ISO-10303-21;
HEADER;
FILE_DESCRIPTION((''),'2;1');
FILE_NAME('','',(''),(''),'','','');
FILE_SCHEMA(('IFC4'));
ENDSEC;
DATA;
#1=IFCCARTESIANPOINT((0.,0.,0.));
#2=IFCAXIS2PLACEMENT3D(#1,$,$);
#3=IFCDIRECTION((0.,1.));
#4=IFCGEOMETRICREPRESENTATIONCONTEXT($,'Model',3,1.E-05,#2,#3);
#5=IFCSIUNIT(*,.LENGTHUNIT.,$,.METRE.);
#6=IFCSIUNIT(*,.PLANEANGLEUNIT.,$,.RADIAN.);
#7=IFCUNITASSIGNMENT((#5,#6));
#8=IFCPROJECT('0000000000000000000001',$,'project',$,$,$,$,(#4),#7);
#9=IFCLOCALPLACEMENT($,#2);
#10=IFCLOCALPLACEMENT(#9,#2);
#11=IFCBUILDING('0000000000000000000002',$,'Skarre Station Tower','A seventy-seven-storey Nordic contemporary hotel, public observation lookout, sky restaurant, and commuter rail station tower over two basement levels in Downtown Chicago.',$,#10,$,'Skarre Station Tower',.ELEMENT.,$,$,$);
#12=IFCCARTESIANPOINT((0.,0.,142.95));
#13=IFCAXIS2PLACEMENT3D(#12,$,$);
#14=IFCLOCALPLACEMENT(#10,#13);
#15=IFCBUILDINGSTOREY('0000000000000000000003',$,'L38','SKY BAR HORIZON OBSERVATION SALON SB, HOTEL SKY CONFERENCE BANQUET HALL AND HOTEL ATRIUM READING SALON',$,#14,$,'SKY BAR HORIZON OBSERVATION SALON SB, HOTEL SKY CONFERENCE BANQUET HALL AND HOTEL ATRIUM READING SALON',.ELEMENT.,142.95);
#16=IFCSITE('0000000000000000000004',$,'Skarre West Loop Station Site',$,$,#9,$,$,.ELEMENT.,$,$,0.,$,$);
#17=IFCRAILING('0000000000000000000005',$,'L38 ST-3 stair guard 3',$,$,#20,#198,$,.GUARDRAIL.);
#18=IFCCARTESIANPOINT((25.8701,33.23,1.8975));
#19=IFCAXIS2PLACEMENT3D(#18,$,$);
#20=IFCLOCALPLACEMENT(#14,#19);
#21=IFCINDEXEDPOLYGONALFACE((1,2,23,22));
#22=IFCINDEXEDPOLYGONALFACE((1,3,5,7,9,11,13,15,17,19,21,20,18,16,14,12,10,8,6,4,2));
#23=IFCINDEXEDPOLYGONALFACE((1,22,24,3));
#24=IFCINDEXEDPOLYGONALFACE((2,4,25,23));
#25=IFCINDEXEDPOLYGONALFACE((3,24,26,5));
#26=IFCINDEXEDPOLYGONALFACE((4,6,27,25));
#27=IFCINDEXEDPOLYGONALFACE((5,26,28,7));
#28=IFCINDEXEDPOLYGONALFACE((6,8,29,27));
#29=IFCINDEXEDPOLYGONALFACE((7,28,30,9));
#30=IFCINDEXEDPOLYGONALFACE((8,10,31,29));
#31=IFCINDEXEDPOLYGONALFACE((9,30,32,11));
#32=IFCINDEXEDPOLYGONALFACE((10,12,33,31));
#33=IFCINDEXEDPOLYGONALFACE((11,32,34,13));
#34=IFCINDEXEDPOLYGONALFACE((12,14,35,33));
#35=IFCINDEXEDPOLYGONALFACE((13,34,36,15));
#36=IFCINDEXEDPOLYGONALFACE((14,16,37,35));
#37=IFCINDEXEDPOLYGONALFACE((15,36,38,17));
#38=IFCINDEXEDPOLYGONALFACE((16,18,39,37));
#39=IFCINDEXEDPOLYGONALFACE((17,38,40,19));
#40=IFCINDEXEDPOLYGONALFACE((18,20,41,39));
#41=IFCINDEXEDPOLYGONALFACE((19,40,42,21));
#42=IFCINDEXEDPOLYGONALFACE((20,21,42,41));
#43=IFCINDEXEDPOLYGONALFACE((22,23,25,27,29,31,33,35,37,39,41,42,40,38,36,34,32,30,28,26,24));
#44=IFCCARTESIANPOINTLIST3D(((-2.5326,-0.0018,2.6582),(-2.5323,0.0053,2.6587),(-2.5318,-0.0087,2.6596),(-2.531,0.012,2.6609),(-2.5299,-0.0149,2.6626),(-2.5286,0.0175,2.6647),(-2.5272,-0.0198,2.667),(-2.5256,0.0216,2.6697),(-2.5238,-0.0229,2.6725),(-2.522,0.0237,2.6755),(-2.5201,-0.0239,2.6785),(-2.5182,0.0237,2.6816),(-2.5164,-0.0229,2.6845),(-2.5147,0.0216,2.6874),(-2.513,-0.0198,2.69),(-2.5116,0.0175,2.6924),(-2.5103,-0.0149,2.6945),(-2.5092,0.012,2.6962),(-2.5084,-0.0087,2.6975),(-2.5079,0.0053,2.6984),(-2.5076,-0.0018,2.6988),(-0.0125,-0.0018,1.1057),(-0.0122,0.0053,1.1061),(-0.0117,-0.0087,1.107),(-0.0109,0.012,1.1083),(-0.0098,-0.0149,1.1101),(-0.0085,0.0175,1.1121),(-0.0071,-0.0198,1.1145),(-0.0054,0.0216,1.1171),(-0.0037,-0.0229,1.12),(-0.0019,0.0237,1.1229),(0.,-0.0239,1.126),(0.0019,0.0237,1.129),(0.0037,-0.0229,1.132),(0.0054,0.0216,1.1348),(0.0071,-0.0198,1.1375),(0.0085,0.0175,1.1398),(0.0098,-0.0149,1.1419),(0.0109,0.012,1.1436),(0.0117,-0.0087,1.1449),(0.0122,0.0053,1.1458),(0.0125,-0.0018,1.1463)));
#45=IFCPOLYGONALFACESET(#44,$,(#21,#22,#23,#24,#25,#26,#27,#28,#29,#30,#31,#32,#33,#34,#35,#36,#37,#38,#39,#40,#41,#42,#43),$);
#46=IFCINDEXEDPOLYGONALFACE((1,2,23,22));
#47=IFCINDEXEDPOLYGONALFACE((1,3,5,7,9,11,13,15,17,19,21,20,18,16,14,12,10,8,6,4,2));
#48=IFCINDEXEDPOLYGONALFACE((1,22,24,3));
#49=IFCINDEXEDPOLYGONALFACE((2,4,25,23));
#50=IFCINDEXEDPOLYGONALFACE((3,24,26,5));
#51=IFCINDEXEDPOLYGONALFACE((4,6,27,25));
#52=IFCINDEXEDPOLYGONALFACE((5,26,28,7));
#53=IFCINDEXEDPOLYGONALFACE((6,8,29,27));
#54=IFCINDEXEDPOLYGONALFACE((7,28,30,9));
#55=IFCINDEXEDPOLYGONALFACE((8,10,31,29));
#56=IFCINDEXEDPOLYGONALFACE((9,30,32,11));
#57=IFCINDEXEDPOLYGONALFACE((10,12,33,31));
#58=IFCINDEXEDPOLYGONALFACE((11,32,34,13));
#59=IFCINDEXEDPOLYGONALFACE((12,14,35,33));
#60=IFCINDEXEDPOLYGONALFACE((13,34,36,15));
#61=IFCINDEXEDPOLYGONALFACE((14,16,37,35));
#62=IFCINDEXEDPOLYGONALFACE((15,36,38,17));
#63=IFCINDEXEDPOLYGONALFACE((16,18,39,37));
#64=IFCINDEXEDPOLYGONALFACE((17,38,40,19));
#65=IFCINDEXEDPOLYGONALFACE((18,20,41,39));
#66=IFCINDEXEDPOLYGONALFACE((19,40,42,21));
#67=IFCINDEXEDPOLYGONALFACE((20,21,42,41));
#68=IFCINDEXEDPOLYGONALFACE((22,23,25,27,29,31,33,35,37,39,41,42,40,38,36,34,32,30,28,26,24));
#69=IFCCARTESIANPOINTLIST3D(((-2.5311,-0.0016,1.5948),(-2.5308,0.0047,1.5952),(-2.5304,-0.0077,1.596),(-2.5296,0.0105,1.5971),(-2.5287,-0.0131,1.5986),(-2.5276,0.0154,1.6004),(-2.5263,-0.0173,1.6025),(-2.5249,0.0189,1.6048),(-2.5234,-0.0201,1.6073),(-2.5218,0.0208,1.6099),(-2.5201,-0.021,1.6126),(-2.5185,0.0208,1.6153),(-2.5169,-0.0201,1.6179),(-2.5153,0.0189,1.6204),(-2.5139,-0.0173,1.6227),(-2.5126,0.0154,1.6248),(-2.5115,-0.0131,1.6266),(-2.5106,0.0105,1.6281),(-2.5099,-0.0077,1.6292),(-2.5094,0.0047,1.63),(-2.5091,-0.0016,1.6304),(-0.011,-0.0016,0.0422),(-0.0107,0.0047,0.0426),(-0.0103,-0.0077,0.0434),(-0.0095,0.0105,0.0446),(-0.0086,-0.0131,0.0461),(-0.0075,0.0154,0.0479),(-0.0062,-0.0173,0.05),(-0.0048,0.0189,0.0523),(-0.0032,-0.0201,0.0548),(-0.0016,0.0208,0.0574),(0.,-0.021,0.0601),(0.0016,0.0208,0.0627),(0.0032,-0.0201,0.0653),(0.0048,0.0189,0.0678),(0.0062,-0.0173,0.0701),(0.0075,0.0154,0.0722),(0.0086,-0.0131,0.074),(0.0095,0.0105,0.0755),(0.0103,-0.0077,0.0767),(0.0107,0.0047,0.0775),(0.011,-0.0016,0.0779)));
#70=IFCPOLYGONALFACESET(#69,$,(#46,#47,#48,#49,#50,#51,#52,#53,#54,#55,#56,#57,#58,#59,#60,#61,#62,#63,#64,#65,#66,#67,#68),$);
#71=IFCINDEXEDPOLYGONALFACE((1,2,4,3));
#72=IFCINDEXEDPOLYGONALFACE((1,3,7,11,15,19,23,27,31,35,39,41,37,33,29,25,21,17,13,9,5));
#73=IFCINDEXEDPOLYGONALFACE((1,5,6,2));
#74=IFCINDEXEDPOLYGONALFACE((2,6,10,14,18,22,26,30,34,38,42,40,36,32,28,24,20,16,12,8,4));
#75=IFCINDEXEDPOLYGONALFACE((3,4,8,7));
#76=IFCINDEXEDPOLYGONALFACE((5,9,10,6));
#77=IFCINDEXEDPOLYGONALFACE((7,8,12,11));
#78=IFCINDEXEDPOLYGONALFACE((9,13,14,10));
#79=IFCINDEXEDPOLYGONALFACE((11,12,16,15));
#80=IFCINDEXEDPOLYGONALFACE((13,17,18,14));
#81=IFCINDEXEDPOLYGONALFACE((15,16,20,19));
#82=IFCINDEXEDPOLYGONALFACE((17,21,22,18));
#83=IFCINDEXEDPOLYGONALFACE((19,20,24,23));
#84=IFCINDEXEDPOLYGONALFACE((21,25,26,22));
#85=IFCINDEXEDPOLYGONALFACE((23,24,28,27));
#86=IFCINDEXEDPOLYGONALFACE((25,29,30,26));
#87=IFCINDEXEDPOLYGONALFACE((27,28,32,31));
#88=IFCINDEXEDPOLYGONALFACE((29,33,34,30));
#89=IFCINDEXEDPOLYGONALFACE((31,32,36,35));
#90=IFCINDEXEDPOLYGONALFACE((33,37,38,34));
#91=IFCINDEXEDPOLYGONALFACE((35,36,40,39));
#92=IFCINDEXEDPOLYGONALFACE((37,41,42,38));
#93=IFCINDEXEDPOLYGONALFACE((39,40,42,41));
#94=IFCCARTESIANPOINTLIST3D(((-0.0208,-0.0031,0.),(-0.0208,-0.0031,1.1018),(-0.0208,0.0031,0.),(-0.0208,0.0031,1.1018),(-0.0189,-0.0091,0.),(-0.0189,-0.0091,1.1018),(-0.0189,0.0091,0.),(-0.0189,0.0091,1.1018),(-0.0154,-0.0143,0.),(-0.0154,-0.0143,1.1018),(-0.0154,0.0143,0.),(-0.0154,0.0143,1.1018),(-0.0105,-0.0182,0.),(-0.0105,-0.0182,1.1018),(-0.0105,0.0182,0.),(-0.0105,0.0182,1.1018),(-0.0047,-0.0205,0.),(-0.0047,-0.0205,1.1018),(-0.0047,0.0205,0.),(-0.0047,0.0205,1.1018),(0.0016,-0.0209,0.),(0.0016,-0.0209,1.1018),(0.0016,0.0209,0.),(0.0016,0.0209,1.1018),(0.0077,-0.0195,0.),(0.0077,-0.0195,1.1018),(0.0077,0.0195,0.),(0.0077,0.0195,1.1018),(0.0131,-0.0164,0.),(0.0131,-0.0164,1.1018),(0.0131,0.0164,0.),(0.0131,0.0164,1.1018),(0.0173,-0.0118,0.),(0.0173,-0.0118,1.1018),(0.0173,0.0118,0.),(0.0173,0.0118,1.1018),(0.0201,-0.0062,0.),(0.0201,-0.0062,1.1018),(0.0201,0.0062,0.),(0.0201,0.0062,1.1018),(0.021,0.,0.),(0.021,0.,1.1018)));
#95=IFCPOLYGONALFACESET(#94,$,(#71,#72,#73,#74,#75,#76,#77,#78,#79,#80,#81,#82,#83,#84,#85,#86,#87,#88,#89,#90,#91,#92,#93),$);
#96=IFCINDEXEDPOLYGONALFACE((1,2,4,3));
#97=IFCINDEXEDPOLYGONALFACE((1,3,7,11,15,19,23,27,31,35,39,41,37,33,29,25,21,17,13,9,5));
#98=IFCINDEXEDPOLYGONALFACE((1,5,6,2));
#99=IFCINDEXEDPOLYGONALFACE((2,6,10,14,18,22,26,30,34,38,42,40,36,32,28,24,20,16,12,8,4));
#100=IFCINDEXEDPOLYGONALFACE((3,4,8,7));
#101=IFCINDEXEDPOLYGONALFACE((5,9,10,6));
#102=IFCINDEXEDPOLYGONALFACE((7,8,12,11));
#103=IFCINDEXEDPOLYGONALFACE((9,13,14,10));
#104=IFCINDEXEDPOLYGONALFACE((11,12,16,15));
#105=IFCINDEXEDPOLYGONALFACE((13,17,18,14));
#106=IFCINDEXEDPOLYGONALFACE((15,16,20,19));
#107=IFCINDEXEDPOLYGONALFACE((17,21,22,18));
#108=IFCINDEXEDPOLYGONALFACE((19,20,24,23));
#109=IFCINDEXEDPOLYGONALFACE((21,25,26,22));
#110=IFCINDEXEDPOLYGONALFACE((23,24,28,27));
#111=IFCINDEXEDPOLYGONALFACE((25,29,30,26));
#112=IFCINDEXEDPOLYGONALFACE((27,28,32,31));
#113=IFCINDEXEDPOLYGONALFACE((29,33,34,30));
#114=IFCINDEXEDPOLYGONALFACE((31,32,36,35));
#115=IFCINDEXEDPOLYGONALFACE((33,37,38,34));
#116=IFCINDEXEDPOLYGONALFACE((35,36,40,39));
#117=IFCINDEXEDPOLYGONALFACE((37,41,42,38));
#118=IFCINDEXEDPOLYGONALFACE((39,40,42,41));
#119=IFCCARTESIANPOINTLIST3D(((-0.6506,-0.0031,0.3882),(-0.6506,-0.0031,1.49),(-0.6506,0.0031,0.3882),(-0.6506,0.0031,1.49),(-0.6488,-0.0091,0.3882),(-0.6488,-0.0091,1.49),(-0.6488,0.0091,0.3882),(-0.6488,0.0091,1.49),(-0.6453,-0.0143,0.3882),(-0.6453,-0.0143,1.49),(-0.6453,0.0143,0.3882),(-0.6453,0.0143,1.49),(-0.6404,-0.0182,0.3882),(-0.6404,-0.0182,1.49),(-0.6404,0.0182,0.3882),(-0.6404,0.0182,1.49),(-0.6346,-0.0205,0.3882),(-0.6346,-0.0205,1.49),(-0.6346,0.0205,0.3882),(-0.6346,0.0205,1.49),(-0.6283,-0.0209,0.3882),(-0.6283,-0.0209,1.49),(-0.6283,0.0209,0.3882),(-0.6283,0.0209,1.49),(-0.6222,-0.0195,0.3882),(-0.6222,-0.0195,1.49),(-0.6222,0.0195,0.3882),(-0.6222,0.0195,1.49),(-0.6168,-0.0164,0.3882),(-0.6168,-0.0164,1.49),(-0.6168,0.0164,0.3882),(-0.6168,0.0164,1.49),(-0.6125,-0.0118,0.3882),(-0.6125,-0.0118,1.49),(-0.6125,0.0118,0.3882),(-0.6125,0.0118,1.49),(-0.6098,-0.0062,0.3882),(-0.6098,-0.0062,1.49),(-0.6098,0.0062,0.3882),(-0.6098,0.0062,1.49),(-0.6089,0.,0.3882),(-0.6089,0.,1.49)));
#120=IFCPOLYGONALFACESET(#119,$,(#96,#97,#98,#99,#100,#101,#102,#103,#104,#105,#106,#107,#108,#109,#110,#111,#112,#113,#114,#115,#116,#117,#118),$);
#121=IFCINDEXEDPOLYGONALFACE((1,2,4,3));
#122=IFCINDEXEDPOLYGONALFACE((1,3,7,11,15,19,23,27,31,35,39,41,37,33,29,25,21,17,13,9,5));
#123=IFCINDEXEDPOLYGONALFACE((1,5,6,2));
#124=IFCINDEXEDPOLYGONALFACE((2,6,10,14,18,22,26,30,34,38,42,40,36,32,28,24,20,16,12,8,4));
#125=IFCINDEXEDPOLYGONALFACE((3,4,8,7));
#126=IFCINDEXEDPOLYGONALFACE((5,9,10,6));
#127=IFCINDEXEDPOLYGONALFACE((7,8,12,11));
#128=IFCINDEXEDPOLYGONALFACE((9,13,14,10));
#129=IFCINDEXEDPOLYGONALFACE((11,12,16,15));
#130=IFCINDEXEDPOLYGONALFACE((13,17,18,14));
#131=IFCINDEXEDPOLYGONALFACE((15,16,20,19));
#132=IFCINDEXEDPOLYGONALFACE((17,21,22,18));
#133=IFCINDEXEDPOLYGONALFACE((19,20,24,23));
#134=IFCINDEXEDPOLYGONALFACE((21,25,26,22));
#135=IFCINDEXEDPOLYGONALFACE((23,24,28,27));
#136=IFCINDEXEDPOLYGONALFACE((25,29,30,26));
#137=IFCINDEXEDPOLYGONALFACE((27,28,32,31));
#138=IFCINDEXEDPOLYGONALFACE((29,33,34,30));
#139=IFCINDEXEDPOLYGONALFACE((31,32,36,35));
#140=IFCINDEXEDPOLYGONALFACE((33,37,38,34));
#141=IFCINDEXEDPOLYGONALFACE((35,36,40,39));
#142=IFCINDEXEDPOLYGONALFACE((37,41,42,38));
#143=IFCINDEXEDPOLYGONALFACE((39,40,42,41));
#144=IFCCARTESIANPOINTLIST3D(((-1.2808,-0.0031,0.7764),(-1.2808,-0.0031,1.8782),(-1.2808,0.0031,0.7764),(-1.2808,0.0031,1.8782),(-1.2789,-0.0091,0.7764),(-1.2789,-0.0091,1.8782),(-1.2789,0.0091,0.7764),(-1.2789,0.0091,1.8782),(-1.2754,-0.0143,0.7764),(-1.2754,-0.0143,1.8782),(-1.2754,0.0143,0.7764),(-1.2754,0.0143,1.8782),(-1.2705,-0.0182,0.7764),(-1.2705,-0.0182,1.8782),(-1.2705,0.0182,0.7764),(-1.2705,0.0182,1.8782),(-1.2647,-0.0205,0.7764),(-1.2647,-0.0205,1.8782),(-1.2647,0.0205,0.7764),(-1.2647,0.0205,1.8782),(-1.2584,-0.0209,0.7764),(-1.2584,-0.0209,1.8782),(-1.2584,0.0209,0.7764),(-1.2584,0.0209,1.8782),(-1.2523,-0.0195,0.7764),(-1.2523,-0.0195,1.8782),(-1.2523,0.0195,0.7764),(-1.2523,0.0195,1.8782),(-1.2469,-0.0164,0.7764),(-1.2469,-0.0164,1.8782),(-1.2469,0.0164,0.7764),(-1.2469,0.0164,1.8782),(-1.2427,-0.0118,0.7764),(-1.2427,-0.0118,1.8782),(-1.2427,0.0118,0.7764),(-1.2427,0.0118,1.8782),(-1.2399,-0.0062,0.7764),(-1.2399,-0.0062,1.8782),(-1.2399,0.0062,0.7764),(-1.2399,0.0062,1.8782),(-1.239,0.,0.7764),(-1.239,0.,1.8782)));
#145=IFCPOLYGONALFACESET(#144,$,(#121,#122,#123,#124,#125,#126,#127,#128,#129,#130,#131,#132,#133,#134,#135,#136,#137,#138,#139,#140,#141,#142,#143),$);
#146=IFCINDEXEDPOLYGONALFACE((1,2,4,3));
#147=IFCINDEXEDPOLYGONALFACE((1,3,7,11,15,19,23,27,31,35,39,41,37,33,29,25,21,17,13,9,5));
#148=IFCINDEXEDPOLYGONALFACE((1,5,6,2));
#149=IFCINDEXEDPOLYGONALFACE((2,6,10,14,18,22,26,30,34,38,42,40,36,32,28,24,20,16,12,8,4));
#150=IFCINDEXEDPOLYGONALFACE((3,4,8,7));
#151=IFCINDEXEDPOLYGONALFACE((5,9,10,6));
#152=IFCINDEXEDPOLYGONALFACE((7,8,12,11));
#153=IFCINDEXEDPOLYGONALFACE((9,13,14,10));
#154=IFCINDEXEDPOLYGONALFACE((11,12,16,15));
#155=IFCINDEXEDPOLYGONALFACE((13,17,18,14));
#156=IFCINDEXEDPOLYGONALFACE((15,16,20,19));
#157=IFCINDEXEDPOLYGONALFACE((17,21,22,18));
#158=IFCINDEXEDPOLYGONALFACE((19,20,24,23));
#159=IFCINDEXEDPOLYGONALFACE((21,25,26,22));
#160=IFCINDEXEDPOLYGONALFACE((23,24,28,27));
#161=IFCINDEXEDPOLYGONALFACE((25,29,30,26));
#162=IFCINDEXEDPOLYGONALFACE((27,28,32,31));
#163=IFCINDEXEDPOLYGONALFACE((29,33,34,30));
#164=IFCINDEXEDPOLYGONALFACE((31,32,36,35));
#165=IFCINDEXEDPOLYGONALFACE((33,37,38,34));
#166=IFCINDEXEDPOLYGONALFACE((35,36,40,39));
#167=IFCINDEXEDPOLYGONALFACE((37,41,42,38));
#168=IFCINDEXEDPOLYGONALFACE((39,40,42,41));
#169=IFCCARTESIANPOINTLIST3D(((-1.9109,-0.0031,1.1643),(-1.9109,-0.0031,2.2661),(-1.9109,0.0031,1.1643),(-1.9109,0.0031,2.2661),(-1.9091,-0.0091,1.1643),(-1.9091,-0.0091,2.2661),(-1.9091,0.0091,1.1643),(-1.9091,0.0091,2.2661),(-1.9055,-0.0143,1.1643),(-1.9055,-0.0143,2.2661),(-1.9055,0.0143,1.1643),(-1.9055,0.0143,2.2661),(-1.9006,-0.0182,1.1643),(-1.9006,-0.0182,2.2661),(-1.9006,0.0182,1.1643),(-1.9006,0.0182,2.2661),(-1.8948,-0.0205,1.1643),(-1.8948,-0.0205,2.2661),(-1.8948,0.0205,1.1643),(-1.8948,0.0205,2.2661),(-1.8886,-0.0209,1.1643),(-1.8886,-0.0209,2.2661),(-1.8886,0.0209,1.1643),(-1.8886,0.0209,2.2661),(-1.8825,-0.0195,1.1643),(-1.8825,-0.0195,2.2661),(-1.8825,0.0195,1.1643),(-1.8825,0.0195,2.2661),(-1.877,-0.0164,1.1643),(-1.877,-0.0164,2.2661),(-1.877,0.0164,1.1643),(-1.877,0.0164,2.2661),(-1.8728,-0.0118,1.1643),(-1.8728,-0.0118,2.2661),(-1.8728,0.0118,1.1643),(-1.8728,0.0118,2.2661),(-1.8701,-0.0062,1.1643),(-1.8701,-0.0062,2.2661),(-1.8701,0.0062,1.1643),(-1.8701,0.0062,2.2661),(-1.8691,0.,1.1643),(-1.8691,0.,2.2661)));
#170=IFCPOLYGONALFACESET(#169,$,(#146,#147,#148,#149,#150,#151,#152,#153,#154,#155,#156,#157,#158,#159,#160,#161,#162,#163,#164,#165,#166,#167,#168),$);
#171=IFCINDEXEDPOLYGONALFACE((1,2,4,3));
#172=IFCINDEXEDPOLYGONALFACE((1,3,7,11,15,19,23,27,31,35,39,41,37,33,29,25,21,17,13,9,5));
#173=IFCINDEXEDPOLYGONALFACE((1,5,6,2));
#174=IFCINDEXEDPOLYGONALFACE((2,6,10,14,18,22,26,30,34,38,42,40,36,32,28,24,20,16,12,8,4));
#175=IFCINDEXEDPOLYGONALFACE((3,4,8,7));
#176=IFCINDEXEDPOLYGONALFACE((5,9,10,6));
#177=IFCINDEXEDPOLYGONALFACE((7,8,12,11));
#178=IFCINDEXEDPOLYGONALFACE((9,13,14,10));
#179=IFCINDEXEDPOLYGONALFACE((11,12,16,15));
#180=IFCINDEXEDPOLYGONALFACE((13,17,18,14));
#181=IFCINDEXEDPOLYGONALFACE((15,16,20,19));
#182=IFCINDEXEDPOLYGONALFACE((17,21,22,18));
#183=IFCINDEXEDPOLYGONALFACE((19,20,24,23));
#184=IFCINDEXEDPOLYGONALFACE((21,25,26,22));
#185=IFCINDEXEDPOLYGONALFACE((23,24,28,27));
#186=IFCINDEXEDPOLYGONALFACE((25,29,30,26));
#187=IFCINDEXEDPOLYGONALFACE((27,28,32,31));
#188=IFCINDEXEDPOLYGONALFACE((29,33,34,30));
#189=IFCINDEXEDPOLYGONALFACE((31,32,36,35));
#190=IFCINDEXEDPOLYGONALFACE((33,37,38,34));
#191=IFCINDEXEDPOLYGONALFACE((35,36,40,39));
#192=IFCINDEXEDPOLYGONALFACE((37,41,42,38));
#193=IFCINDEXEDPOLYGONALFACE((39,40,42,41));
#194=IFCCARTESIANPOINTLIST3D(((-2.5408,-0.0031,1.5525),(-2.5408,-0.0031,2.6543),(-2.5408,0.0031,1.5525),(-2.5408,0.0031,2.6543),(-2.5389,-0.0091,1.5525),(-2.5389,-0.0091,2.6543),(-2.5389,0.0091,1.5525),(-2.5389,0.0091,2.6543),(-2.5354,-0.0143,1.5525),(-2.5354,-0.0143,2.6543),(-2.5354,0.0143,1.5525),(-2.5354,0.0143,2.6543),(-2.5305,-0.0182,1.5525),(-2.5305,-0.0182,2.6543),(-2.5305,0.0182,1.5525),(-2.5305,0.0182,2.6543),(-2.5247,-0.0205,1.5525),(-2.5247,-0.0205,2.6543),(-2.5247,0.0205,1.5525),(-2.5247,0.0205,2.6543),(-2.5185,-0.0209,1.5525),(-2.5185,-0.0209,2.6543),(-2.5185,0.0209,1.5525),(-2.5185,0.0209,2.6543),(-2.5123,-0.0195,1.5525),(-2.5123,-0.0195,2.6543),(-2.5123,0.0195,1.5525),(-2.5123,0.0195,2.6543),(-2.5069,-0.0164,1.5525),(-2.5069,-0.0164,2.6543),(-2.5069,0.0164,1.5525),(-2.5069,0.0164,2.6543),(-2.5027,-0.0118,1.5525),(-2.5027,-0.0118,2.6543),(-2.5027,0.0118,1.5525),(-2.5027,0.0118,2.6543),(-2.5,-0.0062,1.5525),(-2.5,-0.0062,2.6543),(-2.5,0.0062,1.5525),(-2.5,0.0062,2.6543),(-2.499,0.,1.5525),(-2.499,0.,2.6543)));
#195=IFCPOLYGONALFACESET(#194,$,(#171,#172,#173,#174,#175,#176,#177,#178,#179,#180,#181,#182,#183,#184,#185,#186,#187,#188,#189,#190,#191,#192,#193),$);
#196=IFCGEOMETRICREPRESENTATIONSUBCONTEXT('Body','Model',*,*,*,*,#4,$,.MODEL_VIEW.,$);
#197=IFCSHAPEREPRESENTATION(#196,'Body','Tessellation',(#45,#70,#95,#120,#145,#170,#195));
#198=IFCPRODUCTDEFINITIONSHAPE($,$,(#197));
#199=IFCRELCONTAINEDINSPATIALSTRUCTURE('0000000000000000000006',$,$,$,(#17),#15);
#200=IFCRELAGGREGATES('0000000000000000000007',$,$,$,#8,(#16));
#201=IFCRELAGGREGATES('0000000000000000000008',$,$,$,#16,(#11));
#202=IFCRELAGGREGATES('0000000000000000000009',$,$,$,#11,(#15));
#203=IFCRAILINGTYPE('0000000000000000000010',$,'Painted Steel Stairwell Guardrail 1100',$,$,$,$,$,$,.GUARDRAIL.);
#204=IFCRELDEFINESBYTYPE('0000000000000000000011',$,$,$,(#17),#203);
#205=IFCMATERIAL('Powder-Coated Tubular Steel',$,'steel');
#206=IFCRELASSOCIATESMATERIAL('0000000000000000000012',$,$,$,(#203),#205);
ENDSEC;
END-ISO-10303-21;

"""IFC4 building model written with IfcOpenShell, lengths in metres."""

from ifc_helpers import new_model, si_unit, direction, frame, origin, origin_2d, place, context, subcontext, project, spatial, circle, extrude, material, type_object, element, save


model = new_model("IFC4")

# Units and contexts
model_context = context("Model", 3, precision=1e-05, world=origin(), true_north=direction((0.0, 1.0)))
body_context = subcontext(model_context, "Body", "Model", "MODEL_VIEW")
ifc_project = project(units=[si_unit("LENGTHUNIT", "METRE"), si_unit("PLANEANGLEUNIT", "RADIAN")], contexts=[model_context])

# Site, building, storey
site_placement = place(None, origin())
site = spatial("IfcSite", under=ifc_project, at=site_placement, Name="Skarre West Loop Station Site", CompositionType="ELEMENT", RefElevation=0.0)
building_placement = place(site_placement, origin())
building = spatial("IfcBuilding", under=site, at=building_placement, Name="Skarre Station Tower", Description="A seventy-seven-storey Nordic contemporary hotel, public observation lookout, sky restaurant, and commuter rail station tower over two basement levels in Downtown Chicago.", LongName="Skarre Station Tower", CompositionType="ELEMENT")
storey_placement = place(building_placement, frame((0.0, 0.0, 142.95)))
storey = spatial("IfcBuildingStorey", under=building, at=storey_placement, Name="L38", Description="SKY BAR HORIZON OBSERVATION SALON SB, HOTEL SKY CONFERENCE BANQUET HALL AND HOTEL ATRIUM READING SALON", LongName="SKY BAR HORIZON OBSERVATION SALON SB, HOTEL SKY CONFERENCE BANQUET HALL AND HOTEL ATRIUM READING SALON", CompositionType="ELEMENT", Elevation=142.95)

# Railing
ifc_material_1 = material(Name="Powder-Coated Tubular Steel", Category="steel")
railing_type_1 = type_object("IfcRailingType", Name="Painted Steel Stairwell Guardrail 1100", PredefinedType="GUARDRAIL", material=ifc_material_1)
railing_1_placement = place(storey_placement, frame((25.8701, 33.23, 1.8975)))
element("IfcRailing", 1, at=railing_1_placement, inside=storey, type_object=railing_type_1, Name="L38 ST-3 stair guard 3", PredefinedType="GUARDRAIL", context=body_context, shape_type="SweptSolid", body=[
    extrude(circle(Radius=0.0239, at=origin_2d()), frame((0.0, 0.0, 1.126), z_axis=(-0.8514, 0.0, 0.524516), x_axis=(0.0, -1.0, 0.0)), (0.0, 0.0, 1.0), 2.96),
    extrude(circle(Radius=0.021, at=origin_2d()), frame((0.0, 0.0, 0.0601), z_axis=(-0.8514, 0.0, 0.524516), x_axis=(0.0, -1.0, 0.0)), (0.0, 0.0, 1.0), 2.96),
    extrude(circle(Radius=0.021, at=origin_2d()), origin(), (0.0, 0.0, 1.0), 1.1018),
    extrude(circle(Radius=0.021, at=origin_2d()), frame((-0.6299, 0.0, 0.3882)), (0.0, 0.0, 1.0), 1.1018),
    extrude(circle(Radius=0.021, at=origin_2d()), frame((-1.26, 0.0, 0.7764)), (0.0, 0.0, 1.0), 1.1018),
    extrude(circle(Radius=0.021, at=origin_2d()), frame((-1.8901, 0.0, 1.1643)), (0.0, 0.0, 1.0), 1.1018),
    extrude(circle(Radius=0.021, at=origin_2d()), frame((-2.52, 0.0, 1.5525)), (0.0, 0.0, 1.0), 1.1018),
])

save(model, "model.ifc")
